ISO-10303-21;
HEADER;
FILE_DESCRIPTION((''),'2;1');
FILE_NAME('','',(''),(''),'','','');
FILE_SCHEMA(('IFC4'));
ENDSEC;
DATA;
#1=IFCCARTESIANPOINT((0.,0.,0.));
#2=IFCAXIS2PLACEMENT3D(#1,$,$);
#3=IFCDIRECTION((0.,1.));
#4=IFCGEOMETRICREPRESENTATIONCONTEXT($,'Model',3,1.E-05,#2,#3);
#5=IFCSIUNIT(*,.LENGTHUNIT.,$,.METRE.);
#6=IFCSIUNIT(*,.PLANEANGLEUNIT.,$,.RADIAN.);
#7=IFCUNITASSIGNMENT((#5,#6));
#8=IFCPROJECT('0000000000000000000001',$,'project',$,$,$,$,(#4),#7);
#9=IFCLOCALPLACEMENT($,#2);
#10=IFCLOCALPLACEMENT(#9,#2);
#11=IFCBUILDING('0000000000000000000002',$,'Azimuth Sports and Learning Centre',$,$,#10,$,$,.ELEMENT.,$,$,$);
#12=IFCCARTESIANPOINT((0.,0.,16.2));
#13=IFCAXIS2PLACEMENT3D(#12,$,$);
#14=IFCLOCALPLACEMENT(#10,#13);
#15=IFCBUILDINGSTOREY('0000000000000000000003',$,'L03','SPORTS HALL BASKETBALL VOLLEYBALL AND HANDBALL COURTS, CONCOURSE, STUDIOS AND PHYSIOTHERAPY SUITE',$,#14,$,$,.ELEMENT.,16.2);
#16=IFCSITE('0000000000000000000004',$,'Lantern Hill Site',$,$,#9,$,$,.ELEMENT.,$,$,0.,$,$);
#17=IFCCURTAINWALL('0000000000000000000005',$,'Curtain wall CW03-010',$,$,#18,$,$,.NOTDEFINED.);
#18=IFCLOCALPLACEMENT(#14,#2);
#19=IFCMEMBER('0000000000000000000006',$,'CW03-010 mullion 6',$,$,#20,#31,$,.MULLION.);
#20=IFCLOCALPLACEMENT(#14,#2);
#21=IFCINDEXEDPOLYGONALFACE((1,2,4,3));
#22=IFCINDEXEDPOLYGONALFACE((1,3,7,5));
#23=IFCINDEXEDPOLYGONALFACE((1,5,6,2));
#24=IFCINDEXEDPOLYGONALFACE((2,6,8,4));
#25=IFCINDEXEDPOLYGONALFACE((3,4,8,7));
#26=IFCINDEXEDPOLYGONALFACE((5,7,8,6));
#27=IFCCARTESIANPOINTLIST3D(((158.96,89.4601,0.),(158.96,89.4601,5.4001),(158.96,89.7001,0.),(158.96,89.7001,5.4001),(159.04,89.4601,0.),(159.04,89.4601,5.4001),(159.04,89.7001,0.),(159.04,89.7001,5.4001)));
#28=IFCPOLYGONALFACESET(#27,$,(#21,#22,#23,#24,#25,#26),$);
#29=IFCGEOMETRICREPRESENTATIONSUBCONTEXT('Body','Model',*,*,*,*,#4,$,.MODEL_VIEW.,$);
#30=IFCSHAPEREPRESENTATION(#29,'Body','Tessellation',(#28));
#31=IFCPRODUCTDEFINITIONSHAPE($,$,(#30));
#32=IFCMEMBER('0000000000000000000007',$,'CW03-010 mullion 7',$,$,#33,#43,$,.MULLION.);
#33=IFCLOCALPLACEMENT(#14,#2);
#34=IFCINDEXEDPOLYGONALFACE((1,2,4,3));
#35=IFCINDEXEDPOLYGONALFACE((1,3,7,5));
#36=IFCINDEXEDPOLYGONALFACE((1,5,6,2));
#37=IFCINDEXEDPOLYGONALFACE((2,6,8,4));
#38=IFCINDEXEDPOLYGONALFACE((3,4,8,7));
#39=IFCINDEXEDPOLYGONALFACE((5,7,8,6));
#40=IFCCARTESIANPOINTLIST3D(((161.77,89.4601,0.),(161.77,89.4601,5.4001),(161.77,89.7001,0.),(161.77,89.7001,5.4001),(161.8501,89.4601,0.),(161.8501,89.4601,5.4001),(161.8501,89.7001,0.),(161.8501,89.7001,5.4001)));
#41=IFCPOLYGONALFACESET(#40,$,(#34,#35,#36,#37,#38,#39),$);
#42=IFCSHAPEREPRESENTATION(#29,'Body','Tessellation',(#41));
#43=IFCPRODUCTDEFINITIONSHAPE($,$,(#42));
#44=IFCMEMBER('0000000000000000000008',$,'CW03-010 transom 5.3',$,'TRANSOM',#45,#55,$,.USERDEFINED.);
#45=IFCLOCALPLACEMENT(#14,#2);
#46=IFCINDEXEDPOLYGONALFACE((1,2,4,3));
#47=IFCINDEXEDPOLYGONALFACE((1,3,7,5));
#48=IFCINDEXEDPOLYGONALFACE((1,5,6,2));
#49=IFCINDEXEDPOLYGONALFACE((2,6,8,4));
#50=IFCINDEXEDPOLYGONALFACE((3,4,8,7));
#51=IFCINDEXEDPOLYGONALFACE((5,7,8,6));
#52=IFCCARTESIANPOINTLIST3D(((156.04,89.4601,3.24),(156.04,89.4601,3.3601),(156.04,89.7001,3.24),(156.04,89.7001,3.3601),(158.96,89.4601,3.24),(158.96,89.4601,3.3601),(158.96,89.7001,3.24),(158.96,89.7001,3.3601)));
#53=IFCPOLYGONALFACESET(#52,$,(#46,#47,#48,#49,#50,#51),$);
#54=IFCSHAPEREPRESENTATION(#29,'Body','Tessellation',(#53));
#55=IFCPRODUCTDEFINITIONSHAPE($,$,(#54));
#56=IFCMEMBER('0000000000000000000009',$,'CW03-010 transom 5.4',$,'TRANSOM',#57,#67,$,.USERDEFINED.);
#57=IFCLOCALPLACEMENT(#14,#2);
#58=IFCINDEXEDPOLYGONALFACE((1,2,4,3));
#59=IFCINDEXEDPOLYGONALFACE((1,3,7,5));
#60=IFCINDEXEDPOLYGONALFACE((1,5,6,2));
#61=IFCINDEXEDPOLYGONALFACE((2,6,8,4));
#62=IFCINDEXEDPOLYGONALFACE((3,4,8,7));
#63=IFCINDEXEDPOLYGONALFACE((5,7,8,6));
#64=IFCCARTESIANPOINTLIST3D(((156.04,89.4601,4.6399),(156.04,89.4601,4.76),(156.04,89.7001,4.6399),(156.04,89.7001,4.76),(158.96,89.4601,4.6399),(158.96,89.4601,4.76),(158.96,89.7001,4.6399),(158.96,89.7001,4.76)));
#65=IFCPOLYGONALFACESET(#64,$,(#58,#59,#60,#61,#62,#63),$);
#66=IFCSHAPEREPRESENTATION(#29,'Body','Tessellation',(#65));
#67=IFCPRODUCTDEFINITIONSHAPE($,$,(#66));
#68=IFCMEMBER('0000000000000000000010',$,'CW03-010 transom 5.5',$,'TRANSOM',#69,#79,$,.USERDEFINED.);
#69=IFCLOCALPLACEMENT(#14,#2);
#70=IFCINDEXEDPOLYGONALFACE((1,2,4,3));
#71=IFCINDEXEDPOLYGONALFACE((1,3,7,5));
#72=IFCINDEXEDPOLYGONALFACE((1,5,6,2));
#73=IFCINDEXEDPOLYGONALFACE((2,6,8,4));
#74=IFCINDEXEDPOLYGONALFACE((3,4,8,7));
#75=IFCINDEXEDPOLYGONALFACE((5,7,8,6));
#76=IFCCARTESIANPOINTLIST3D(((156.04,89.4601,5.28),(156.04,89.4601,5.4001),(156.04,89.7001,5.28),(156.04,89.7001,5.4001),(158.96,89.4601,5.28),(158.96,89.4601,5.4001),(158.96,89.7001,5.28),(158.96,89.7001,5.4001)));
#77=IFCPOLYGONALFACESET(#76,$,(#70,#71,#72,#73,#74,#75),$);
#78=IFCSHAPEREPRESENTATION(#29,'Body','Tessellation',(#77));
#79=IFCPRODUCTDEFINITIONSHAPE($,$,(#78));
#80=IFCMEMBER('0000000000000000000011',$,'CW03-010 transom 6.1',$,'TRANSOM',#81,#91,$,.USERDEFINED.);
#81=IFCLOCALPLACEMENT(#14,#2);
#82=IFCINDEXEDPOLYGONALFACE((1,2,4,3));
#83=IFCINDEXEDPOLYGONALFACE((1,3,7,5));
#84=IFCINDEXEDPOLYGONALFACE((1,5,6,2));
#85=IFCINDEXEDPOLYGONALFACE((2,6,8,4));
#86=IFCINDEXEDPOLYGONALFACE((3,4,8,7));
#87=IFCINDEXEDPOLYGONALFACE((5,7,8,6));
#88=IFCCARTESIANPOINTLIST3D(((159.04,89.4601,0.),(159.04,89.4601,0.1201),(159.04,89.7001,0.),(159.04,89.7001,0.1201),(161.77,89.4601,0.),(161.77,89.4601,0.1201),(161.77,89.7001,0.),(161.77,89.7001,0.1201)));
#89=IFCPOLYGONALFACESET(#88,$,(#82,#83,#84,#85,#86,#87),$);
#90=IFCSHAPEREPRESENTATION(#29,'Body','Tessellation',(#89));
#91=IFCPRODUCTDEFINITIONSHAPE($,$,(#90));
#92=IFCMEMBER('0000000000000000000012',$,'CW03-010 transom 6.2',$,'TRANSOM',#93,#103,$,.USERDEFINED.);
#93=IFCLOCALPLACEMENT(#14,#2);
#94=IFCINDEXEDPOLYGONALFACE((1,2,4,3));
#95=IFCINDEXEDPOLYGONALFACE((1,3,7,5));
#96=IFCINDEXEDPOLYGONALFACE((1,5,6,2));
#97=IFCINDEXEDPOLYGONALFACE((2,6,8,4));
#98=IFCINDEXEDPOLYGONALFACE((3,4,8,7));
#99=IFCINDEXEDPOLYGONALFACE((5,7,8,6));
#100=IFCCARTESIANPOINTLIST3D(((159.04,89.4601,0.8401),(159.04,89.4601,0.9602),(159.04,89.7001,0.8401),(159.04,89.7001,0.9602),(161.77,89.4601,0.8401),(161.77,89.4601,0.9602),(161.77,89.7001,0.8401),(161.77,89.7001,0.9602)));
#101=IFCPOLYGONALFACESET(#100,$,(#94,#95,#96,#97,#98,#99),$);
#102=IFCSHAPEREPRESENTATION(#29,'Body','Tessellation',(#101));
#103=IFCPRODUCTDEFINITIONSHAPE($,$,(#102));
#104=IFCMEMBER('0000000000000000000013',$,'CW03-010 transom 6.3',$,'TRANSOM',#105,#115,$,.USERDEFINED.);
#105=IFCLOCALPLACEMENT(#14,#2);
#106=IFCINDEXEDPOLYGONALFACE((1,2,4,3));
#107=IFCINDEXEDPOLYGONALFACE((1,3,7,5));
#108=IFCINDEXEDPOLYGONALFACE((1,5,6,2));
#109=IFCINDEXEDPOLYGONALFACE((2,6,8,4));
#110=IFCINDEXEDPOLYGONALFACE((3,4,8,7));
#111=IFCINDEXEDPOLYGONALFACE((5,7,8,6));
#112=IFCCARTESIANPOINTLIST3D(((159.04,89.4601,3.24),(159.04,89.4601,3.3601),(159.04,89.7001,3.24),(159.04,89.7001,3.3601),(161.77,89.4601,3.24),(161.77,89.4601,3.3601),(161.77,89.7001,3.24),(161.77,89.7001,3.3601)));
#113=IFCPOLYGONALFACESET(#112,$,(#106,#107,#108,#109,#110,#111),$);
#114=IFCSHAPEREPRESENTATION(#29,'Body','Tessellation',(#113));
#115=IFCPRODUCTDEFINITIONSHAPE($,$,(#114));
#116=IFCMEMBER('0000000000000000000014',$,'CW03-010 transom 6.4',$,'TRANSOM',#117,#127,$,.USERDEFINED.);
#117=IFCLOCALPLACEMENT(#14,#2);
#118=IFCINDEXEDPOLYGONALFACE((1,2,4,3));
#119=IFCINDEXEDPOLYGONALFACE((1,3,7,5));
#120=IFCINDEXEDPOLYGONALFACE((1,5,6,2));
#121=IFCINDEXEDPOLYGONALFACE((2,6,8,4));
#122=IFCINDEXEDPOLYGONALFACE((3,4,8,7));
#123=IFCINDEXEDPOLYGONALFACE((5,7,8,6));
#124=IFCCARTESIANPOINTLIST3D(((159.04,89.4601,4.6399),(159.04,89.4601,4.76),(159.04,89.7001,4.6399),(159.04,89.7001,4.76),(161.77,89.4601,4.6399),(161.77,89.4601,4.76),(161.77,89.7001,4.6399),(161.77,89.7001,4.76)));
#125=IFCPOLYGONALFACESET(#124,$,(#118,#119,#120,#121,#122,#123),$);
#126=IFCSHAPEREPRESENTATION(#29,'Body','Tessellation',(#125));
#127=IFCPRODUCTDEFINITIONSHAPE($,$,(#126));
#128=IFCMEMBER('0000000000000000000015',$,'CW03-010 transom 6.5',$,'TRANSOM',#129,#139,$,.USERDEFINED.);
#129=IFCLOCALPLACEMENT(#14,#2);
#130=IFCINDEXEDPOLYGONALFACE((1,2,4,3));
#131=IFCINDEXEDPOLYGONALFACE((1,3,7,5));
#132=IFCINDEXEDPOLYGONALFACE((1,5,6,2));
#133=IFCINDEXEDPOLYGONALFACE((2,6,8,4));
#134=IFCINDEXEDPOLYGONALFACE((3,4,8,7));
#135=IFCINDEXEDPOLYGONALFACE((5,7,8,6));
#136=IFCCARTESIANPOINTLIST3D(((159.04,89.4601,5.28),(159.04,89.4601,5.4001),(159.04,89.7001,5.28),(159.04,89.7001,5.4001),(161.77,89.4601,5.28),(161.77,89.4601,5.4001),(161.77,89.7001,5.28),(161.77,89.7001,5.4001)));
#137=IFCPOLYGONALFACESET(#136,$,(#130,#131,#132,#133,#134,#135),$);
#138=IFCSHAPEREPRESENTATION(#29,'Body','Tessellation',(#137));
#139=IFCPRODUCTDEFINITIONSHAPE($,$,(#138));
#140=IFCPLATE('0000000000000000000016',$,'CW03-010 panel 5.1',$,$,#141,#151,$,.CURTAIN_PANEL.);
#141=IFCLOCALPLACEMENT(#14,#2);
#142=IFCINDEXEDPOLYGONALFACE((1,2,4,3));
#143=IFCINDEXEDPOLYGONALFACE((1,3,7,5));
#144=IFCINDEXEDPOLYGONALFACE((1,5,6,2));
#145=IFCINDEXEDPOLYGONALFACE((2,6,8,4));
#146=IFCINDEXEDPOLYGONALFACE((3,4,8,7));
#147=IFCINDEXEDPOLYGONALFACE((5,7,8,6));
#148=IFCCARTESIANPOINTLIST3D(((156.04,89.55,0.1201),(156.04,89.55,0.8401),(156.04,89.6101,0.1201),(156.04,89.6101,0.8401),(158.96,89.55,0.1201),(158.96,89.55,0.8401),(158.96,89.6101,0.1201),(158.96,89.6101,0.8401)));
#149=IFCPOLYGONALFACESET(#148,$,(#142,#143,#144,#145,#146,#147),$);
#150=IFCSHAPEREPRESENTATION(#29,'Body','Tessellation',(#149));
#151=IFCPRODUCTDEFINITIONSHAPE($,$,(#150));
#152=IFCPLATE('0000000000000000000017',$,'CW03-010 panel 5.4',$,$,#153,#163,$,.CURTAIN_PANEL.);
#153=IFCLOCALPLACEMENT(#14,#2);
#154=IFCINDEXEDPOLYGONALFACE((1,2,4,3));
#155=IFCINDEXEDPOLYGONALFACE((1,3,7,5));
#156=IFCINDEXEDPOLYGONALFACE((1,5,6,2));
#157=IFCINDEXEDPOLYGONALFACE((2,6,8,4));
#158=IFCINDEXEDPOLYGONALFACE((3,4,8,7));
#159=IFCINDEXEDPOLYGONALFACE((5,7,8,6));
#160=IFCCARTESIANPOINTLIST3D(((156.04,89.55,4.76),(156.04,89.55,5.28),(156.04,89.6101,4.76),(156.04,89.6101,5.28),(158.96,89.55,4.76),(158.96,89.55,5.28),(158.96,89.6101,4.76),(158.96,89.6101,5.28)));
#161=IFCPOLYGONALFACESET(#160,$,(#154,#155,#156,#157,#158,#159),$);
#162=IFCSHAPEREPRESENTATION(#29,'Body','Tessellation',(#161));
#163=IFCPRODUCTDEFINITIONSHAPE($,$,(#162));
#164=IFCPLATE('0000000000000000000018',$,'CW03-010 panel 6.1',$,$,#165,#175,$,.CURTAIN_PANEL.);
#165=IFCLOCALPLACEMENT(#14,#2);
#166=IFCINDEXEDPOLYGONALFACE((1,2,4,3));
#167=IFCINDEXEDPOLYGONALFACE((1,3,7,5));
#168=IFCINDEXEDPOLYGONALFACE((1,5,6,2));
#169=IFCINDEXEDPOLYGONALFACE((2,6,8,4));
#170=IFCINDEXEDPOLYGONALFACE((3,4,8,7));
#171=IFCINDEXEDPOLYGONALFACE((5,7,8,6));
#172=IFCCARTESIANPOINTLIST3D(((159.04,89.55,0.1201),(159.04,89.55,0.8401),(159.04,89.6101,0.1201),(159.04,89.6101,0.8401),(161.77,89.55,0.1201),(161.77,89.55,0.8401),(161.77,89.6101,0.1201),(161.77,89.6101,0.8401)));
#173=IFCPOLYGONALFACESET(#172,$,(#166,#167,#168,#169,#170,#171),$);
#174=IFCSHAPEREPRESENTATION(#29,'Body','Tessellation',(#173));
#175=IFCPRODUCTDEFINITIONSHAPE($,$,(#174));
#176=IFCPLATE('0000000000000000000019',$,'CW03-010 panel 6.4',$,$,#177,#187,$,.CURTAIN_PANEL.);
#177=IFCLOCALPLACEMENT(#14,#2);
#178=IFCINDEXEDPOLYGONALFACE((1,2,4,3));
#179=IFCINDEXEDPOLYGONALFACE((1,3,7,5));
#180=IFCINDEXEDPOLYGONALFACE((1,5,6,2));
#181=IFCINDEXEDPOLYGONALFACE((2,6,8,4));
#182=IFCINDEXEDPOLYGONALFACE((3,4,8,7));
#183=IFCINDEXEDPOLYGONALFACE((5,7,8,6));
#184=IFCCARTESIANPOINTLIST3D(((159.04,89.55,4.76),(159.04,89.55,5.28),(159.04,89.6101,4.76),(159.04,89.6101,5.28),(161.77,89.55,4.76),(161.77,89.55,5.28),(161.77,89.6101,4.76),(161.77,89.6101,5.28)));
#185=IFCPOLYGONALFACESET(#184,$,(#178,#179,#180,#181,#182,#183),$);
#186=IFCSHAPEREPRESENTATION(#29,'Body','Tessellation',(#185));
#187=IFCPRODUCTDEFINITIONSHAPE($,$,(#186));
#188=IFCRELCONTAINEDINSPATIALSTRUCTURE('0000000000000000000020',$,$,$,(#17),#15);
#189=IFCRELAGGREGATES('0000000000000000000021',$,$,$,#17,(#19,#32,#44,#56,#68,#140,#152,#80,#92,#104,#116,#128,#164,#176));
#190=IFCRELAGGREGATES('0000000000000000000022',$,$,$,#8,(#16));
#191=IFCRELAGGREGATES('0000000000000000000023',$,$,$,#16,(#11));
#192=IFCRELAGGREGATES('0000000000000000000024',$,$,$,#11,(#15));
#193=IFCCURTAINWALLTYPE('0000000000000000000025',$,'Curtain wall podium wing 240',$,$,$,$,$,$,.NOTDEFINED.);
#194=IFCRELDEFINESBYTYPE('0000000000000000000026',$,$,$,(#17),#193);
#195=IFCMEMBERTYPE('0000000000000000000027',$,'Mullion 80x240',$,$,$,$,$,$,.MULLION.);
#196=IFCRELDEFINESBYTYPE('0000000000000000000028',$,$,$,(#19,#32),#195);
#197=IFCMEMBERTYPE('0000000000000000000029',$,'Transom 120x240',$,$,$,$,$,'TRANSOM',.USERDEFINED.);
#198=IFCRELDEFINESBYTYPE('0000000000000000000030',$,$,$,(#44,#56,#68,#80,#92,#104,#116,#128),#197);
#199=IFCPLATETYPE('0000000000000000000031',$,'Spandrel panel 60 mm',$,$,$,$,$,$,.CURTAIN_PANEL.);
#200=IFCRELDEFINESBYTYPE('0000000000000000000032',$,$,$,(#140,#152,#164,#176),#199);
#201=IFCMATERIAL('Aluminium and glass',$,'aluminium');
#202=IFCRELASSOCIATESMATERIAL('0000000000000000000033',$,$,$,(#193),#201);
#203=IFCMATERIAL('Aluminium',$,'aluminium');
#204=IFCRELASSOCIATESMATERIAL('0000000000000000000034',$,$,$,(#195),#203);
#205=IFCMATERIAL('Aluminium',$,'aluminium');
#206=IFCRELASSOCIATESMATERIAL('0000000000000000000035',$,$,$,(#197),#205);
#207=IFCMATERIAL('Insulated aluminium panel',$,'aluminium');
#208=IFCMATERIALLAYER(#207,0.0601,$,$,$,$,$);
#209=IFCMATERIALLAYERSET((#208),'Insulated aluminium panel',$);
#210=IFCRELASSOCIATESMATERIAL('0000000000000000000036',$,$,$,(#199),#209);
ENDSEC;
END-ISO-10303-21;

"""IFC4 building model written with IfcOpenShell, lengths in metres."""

from ifc_helpers import new_model, si_unit, direction, frame, origin, origin_2d, place, context, subcontext, project, spatial, rectangle, extrude, material, layer, layer_set, material_profile, profile_set, type_object, element, aggregate, save


model = new_model("IFC4")

# Units and contexts
model_context = context("Model", 3, precision=1e-05, world=origin(), true_north=direction((0.0, 1.0)))
body_context = subcontext(model_context, "Body", "Model", "MODEL_VIEW")
ifc_project = project(units=[si_unit("LENGTHUNIT", "METRE"), si_unit("PLANEANGLEUNIT", "RADIAN")], contexts=[model_context])

# Site, building, storey
site_placement = place(None, origin())
site = spatial("IfcSite", under=ifc_project, at=site_placement, Name="Lantern Hill Site", CompositionType="ELEMENT", RefElevation=0.0)
building_placement = place(site_placement, origin())
building = spatial("IfcBuilding", under=site, at=building_placement, Name="Azimuth Sports and Learning Centre", CompositionType="ELEMENT")
storey_placement = place(building_placement, frame((0.0, 0.0, 16.2)))
storey = spatial("IfcBuildingStorey", under=building, at=storey_placement, Name="L03", Description="SPORTS HALL BASKETBALL VOLLEYBALL AND HANDBALL COURTS, CONCOURSE, STUDIOS AND PHYSIOTHERAPY SUITE", CompositionType="ELEMENT", Elevation=16.2)

# Curtain wall, members, plates
ifc_material_1 = material(Name="Aluminium and glass", Category="aluminium")
curtain_wall_type = type_object("IfcCurtainWallType", Name="Curtain wall podium wing 240", PredefinedType="NOTDEFINED", material=ifc_material_1)
curtain_wall_placement = place(storey_placement, origin())
curtain_wall = element("IfcCurtainWall", 1, at=curtain_wall_placement, inside=storey, type_object=curtain_wall_type, Name="Curtain wall CW03-010", PredefinedType="NOTDEFINED")
ifc_material_2 = material(Name="Aluminium", Category="aluminium")
ifc_material_profile_1 = material_profile(ifc_material_2, rectangle(XDim=0.24, YDim=0.0801, at=origin_2d()), Name="Mullion 80x240")
ifc_profile_set_1 = profile_set([ifc_material_profile_1], Name="Aluminium")
member_type_1 = type_object("IfcMemberType", Name="Mullion 80x240", PredefinedType="MULLION", material=ifc_profile_set_1)
member_1_placement = place(storey_placement, frame((159.0, 89.5801, 0.0), z_axis=(0.0, 0.0, 1.0), x_axis=(0.0, 1.0, 0.0)))
member_1 = element("IfcMember", 2, at=member_1_placement, type_object=member_type_1, Name="CW03-010 mullion 6", PredefinedType="MULLION", context=body_context, shape_type="SweptSolid", body=[
    extrude(rectangle(XDim=0.24, YDim=0.0801, at=origin_2d()), origin(), (0.0, 0.0, 1.0), 5.4001),
])
member_2_placement = place(storey_placement, frame((161.8101, 89.5801, 0.0), z_axis=(0.0, 0.0, 1.0), x_axis=(0.0, 1.0, 0.0)))
member_2 = element("IfcMember", 3, at=member_2_placement, type_object=member_type_1, Name="CW03-010 mullion 7", PredefinedType="MULLION", context=body_context, shape_type="SweptSolid", body=[
    extrude(rectangle(XDim=0.24, YDim=0.0801, at=origin_2d()), origin(), (0.0, 0.0, 1.0), 5.4001),
])
ifc_material_3 = material(Name="Aluminium", Category="aluminium")
ifc_material_profile_2 = material_profile(ifc_material_3, rectangle(XDim=0.24, YDim=0.1201, at=origin_2d()), Name="Transom 120x240")
ifc_profile_set_2 = profile_set([ifc_material_profile_2], Name="Aluminium")
member_type_2 = type_object("IfcMemberType", Name="Transom 120x240", ElementType="TRANSOM", PredefinedType="USERDEFINED", material=ifc_profile_set_2)
member_3_placement = place(storey_placement, frame((156.04, 89.5801, 3.3), z_axis=(1.0, 0.0, 0.0), x_axis=(0.0, 1.0, 0.0)))
member_3 = element("IfcMember", 4, at=member_3_placement, type_object=member_type_2, Name="CW03-010 transom 5.3", ObjectType="TRANSOM", PredefinedType="USERDEFINED", context=body_context, shape_type="SweptSolid", body=[
    extrude(rectangle(XDim=0.24, YDim=0.1201, at=origin_2d()), origin(), (0.0, 0.0, 1.0), 2.9199),
])
member_4_placement = place(storey_placement, frame((156.04, 89.5801, 4.7), z_axis=(1.0, 0.0, 0.0), x_axis=(0.0, 1.0, 0.0)))
member_4 = element("IfcMember", 5, at=member_4_placement, type_object=member_type_2, Name="CW03-010 transom 5.4", ObjectType="TRANSOM", PredefinedType="USERDEFINED", context=body_context, shape_type="SweptSolid", body=[
    extrude(rectangle(XDim=0.24, YDim=0.1201, at=origin_2d()), origin(), (0.0, 0.0, 1.0), 2.9199),
])
member_5_placement = place(storey_placement, frame((156.04, 89.5801, 5.3401), z_axis=(1.0, 0.0, 0.0), x_axis=(0.0, 1.0, 0.0)))
member_5 = element("IfcMember", 6, at=member_5_placement, type_object=member_type_2, Name="CW03-010 transom 5.5", ObjectType="TRANSOM", PredefinedType="USERDEFINED", context=body_context, shape_type="SweptSolid", body=[
    extrude(rectangle(XDim=0.24, YDim=0.1201, at=origin_2d()), origin(), (0.0, 0.0, 1.0), 2.9199),
])
member_6_placement = place(storey_placement, frame((159.04, 89.5801, 0.0601), z_axis=(1.0, 0.0, 0.0), x_axis=(0.0, 1.0, 0.0)))
member_6 = element("IfcMember", 7, at=member_6_placement, type_object=member_type_2, Name="CW03-010 transom 6.1", ObjectType="TRANSOM", PredefinedType="USERDEFINED", context=body_context, shape_type="SweptSolid", body=[
    extrude(rectangle(XDim=0.24, YDim=0.1201, at=origin_2d()), origin(), (0.0, 0.0, 1.0), 2.73),
])
member_7_placement = place(storey_placement, frame((159.04, 89.5801, 0.9001), z_axis=(1.0, 0.0, 0.0), x_axis=(0.0, 1.0, 0.0)))
member_7 = element("IfcMember", 8, at=member_7_placement, type_object=member_type_2, Name="CW03-010 transom 6.2", ObjectType="TRANSOM", PredefinedType="USERDEFINED", context=body_context, shape_type="SweptSolid", body=[
    extrude(rectangle(XDim=0.24, YDim=0.1201, at=origin_2d()), origin(), (0.0, 0.0, 1.0), 2.73),
])
member_8_placement = place(storey_placement, frame((159.04, 89.5801, 3.3), z_axis=(1.0, 0.0, 0.0), x_axis=(0.0, 1.0, 0.0)))
member_8 = element("IfcMember", 9, at=member_8_placement, type_object=member_type_2, Name="CW03-010 transom 6.3", ObjectType="TRANSOM", PredefinedType="USERDEFINED", context=body_context, shape_type="SweptSolid", body=[
    extrude(rectangle(XDim=0.24, YDim=0.1201, at=origin_2d()), origin(), (0.0, 0.0, 1.0), 2.73),
])
member_9_placement = place(storey_placement, frame((159.04, 89.5801, 4.7), z_axis=(1.0, 0.0, 0.0), x_axis=(0.0, 1.0, 0.0)))
member_9 = element("IfcMember", 10, at=member_9_placement, type_object=member_type_2, Name="CW03-010 transom 6.4", ObjectType="TRANSOM", PredefinedType="USERDEFINED", context=body_context, shape_type="SweptSolid", body=[
    extrude(rectangle(XDim=0.24, YDim=0.1201, at=origin_2d()), origin(), (0.0, 0.0, 1.0), 2.73),
])
member_10_placement = place(storey_placement, frame((159.04, 89.5801, 5.3401), z_axis=(1.0, 0.0, 0.0), x_axis=(0.0, 1.0, 0.0)))
member_10 = element("IfcMember", 11, at=member_10_placement, type_object=member_type_2, Name="CW03-010 transom 6.5", ObjectType="TRANSOM", PredefinedType="USERDEFINED", context=body_context, shape_type="SweptSolid", body=[
    extrude(rectangle(XDim=0.24, YDim=0.1201, at=origin_2d()), origin(), (0.0, 0.0, 1.0), 2.73),
])
ifc_material_4 = material(Name="Insulated aluminium panel", Category="aluminium")
ifc_layer_1 = layer(ifc_material_4, 0.0601)
ifc_layer_set_1 = layer_set([ifc_layer_1], Name="Insulated aluminium panel")
plate_type_1 = type_object("IfcPlateType", Name="Spandrel panel 60 mm", PredefinedType="CURTAIN_PANEL", material=ifc_layer_set_1)
plate_1_placement = place(storey_placement, frame((157.5, 89.5801, 0.1201), z_axis=(0.0, 0.0, 1.0), x_axis=(1.0, 0.0, 0.0)))
plate_1 = element("IfcPlate", 12, at=plate_1_placement, type_object=plate_type_1, Name="CW03-010 panel 5.1", PredefinedType="CURTAIN_PANEL", context=body_context, shape_type="SweptSolid", body=[
    extrude(rectangle(XDim=2.9199, YDim=0.0601, at=origin_2d()), origin(), (0.0, 0.0, 1.0), 0.72),
])
plate_2_placement = place(storey_placement, frame((157.5, 89.5801, 4.76), z_axis=(0.0, 0.0, 1.0), x_axis=(1.0, 0.0, 0.0)))
plate_2 = element("IfcPlate", 13, at=plate_2_placement, type_object=plate_type_1, Name="CW03-010 panel 5.4", PredefinedType="CURTAIN_PANEL", context=body_context, shape_type="SweptSolid", body=[
    extrude(rectangle(XDim=2.9199, YDim=0.0601, at=origin_2d()), origin(), (0.0, 0.0, 1.0), 0.52),
])
plate_3_placement = place(storey_placement, frame((160.405, 89.5801, 0.1201), z_axis=(0.0, 0.0, 1.0), x_axis=(1.0, 0.0, 0.0)))
plate_3 = element("IfcPlate", 14, at=plate_3_placement, type_object=plate_type_1, Name="CW03-010 panel 6.1", PredefinedType="CURTAIN_PANEL", context=body_context, shape_type="SweptSolid", body=[
    extrude(rectangle(XDim=2.73, YDim=0.0601, at=origin_2d()), origin(), (0.0, 0.0, 1.0), 0.72),
])
plate_4_placement = place(storey_placement, frame((160.405, 89.5801, 4.76), z_axis=(0.0, 0.0, 1.0), x_axis=(1.0, 0.0, 0.0)))
plate_4 = element("IfcPlate", 15, at=plate_4_placement, type_object=plate_type_1, Name="CW03-010 panel 6.4", PredefinedType="CURTAIN_PANEL", context=body_context, shape_type="SweptSolid", body=[
    extrude(rectangle(XDim=2.73, YDim=0.0601, at=origin_2d()), origin(), (0.0, 0.0, 1.0), 0.52),
])
aggregate(curtain_wall, [member_1, member_2, member_3, member_4, member_5, plate_1, plate_2, member_6, member_7, member_8, member_9, member_10, plate_3, plate_4])

save(model, "model.ifc")
